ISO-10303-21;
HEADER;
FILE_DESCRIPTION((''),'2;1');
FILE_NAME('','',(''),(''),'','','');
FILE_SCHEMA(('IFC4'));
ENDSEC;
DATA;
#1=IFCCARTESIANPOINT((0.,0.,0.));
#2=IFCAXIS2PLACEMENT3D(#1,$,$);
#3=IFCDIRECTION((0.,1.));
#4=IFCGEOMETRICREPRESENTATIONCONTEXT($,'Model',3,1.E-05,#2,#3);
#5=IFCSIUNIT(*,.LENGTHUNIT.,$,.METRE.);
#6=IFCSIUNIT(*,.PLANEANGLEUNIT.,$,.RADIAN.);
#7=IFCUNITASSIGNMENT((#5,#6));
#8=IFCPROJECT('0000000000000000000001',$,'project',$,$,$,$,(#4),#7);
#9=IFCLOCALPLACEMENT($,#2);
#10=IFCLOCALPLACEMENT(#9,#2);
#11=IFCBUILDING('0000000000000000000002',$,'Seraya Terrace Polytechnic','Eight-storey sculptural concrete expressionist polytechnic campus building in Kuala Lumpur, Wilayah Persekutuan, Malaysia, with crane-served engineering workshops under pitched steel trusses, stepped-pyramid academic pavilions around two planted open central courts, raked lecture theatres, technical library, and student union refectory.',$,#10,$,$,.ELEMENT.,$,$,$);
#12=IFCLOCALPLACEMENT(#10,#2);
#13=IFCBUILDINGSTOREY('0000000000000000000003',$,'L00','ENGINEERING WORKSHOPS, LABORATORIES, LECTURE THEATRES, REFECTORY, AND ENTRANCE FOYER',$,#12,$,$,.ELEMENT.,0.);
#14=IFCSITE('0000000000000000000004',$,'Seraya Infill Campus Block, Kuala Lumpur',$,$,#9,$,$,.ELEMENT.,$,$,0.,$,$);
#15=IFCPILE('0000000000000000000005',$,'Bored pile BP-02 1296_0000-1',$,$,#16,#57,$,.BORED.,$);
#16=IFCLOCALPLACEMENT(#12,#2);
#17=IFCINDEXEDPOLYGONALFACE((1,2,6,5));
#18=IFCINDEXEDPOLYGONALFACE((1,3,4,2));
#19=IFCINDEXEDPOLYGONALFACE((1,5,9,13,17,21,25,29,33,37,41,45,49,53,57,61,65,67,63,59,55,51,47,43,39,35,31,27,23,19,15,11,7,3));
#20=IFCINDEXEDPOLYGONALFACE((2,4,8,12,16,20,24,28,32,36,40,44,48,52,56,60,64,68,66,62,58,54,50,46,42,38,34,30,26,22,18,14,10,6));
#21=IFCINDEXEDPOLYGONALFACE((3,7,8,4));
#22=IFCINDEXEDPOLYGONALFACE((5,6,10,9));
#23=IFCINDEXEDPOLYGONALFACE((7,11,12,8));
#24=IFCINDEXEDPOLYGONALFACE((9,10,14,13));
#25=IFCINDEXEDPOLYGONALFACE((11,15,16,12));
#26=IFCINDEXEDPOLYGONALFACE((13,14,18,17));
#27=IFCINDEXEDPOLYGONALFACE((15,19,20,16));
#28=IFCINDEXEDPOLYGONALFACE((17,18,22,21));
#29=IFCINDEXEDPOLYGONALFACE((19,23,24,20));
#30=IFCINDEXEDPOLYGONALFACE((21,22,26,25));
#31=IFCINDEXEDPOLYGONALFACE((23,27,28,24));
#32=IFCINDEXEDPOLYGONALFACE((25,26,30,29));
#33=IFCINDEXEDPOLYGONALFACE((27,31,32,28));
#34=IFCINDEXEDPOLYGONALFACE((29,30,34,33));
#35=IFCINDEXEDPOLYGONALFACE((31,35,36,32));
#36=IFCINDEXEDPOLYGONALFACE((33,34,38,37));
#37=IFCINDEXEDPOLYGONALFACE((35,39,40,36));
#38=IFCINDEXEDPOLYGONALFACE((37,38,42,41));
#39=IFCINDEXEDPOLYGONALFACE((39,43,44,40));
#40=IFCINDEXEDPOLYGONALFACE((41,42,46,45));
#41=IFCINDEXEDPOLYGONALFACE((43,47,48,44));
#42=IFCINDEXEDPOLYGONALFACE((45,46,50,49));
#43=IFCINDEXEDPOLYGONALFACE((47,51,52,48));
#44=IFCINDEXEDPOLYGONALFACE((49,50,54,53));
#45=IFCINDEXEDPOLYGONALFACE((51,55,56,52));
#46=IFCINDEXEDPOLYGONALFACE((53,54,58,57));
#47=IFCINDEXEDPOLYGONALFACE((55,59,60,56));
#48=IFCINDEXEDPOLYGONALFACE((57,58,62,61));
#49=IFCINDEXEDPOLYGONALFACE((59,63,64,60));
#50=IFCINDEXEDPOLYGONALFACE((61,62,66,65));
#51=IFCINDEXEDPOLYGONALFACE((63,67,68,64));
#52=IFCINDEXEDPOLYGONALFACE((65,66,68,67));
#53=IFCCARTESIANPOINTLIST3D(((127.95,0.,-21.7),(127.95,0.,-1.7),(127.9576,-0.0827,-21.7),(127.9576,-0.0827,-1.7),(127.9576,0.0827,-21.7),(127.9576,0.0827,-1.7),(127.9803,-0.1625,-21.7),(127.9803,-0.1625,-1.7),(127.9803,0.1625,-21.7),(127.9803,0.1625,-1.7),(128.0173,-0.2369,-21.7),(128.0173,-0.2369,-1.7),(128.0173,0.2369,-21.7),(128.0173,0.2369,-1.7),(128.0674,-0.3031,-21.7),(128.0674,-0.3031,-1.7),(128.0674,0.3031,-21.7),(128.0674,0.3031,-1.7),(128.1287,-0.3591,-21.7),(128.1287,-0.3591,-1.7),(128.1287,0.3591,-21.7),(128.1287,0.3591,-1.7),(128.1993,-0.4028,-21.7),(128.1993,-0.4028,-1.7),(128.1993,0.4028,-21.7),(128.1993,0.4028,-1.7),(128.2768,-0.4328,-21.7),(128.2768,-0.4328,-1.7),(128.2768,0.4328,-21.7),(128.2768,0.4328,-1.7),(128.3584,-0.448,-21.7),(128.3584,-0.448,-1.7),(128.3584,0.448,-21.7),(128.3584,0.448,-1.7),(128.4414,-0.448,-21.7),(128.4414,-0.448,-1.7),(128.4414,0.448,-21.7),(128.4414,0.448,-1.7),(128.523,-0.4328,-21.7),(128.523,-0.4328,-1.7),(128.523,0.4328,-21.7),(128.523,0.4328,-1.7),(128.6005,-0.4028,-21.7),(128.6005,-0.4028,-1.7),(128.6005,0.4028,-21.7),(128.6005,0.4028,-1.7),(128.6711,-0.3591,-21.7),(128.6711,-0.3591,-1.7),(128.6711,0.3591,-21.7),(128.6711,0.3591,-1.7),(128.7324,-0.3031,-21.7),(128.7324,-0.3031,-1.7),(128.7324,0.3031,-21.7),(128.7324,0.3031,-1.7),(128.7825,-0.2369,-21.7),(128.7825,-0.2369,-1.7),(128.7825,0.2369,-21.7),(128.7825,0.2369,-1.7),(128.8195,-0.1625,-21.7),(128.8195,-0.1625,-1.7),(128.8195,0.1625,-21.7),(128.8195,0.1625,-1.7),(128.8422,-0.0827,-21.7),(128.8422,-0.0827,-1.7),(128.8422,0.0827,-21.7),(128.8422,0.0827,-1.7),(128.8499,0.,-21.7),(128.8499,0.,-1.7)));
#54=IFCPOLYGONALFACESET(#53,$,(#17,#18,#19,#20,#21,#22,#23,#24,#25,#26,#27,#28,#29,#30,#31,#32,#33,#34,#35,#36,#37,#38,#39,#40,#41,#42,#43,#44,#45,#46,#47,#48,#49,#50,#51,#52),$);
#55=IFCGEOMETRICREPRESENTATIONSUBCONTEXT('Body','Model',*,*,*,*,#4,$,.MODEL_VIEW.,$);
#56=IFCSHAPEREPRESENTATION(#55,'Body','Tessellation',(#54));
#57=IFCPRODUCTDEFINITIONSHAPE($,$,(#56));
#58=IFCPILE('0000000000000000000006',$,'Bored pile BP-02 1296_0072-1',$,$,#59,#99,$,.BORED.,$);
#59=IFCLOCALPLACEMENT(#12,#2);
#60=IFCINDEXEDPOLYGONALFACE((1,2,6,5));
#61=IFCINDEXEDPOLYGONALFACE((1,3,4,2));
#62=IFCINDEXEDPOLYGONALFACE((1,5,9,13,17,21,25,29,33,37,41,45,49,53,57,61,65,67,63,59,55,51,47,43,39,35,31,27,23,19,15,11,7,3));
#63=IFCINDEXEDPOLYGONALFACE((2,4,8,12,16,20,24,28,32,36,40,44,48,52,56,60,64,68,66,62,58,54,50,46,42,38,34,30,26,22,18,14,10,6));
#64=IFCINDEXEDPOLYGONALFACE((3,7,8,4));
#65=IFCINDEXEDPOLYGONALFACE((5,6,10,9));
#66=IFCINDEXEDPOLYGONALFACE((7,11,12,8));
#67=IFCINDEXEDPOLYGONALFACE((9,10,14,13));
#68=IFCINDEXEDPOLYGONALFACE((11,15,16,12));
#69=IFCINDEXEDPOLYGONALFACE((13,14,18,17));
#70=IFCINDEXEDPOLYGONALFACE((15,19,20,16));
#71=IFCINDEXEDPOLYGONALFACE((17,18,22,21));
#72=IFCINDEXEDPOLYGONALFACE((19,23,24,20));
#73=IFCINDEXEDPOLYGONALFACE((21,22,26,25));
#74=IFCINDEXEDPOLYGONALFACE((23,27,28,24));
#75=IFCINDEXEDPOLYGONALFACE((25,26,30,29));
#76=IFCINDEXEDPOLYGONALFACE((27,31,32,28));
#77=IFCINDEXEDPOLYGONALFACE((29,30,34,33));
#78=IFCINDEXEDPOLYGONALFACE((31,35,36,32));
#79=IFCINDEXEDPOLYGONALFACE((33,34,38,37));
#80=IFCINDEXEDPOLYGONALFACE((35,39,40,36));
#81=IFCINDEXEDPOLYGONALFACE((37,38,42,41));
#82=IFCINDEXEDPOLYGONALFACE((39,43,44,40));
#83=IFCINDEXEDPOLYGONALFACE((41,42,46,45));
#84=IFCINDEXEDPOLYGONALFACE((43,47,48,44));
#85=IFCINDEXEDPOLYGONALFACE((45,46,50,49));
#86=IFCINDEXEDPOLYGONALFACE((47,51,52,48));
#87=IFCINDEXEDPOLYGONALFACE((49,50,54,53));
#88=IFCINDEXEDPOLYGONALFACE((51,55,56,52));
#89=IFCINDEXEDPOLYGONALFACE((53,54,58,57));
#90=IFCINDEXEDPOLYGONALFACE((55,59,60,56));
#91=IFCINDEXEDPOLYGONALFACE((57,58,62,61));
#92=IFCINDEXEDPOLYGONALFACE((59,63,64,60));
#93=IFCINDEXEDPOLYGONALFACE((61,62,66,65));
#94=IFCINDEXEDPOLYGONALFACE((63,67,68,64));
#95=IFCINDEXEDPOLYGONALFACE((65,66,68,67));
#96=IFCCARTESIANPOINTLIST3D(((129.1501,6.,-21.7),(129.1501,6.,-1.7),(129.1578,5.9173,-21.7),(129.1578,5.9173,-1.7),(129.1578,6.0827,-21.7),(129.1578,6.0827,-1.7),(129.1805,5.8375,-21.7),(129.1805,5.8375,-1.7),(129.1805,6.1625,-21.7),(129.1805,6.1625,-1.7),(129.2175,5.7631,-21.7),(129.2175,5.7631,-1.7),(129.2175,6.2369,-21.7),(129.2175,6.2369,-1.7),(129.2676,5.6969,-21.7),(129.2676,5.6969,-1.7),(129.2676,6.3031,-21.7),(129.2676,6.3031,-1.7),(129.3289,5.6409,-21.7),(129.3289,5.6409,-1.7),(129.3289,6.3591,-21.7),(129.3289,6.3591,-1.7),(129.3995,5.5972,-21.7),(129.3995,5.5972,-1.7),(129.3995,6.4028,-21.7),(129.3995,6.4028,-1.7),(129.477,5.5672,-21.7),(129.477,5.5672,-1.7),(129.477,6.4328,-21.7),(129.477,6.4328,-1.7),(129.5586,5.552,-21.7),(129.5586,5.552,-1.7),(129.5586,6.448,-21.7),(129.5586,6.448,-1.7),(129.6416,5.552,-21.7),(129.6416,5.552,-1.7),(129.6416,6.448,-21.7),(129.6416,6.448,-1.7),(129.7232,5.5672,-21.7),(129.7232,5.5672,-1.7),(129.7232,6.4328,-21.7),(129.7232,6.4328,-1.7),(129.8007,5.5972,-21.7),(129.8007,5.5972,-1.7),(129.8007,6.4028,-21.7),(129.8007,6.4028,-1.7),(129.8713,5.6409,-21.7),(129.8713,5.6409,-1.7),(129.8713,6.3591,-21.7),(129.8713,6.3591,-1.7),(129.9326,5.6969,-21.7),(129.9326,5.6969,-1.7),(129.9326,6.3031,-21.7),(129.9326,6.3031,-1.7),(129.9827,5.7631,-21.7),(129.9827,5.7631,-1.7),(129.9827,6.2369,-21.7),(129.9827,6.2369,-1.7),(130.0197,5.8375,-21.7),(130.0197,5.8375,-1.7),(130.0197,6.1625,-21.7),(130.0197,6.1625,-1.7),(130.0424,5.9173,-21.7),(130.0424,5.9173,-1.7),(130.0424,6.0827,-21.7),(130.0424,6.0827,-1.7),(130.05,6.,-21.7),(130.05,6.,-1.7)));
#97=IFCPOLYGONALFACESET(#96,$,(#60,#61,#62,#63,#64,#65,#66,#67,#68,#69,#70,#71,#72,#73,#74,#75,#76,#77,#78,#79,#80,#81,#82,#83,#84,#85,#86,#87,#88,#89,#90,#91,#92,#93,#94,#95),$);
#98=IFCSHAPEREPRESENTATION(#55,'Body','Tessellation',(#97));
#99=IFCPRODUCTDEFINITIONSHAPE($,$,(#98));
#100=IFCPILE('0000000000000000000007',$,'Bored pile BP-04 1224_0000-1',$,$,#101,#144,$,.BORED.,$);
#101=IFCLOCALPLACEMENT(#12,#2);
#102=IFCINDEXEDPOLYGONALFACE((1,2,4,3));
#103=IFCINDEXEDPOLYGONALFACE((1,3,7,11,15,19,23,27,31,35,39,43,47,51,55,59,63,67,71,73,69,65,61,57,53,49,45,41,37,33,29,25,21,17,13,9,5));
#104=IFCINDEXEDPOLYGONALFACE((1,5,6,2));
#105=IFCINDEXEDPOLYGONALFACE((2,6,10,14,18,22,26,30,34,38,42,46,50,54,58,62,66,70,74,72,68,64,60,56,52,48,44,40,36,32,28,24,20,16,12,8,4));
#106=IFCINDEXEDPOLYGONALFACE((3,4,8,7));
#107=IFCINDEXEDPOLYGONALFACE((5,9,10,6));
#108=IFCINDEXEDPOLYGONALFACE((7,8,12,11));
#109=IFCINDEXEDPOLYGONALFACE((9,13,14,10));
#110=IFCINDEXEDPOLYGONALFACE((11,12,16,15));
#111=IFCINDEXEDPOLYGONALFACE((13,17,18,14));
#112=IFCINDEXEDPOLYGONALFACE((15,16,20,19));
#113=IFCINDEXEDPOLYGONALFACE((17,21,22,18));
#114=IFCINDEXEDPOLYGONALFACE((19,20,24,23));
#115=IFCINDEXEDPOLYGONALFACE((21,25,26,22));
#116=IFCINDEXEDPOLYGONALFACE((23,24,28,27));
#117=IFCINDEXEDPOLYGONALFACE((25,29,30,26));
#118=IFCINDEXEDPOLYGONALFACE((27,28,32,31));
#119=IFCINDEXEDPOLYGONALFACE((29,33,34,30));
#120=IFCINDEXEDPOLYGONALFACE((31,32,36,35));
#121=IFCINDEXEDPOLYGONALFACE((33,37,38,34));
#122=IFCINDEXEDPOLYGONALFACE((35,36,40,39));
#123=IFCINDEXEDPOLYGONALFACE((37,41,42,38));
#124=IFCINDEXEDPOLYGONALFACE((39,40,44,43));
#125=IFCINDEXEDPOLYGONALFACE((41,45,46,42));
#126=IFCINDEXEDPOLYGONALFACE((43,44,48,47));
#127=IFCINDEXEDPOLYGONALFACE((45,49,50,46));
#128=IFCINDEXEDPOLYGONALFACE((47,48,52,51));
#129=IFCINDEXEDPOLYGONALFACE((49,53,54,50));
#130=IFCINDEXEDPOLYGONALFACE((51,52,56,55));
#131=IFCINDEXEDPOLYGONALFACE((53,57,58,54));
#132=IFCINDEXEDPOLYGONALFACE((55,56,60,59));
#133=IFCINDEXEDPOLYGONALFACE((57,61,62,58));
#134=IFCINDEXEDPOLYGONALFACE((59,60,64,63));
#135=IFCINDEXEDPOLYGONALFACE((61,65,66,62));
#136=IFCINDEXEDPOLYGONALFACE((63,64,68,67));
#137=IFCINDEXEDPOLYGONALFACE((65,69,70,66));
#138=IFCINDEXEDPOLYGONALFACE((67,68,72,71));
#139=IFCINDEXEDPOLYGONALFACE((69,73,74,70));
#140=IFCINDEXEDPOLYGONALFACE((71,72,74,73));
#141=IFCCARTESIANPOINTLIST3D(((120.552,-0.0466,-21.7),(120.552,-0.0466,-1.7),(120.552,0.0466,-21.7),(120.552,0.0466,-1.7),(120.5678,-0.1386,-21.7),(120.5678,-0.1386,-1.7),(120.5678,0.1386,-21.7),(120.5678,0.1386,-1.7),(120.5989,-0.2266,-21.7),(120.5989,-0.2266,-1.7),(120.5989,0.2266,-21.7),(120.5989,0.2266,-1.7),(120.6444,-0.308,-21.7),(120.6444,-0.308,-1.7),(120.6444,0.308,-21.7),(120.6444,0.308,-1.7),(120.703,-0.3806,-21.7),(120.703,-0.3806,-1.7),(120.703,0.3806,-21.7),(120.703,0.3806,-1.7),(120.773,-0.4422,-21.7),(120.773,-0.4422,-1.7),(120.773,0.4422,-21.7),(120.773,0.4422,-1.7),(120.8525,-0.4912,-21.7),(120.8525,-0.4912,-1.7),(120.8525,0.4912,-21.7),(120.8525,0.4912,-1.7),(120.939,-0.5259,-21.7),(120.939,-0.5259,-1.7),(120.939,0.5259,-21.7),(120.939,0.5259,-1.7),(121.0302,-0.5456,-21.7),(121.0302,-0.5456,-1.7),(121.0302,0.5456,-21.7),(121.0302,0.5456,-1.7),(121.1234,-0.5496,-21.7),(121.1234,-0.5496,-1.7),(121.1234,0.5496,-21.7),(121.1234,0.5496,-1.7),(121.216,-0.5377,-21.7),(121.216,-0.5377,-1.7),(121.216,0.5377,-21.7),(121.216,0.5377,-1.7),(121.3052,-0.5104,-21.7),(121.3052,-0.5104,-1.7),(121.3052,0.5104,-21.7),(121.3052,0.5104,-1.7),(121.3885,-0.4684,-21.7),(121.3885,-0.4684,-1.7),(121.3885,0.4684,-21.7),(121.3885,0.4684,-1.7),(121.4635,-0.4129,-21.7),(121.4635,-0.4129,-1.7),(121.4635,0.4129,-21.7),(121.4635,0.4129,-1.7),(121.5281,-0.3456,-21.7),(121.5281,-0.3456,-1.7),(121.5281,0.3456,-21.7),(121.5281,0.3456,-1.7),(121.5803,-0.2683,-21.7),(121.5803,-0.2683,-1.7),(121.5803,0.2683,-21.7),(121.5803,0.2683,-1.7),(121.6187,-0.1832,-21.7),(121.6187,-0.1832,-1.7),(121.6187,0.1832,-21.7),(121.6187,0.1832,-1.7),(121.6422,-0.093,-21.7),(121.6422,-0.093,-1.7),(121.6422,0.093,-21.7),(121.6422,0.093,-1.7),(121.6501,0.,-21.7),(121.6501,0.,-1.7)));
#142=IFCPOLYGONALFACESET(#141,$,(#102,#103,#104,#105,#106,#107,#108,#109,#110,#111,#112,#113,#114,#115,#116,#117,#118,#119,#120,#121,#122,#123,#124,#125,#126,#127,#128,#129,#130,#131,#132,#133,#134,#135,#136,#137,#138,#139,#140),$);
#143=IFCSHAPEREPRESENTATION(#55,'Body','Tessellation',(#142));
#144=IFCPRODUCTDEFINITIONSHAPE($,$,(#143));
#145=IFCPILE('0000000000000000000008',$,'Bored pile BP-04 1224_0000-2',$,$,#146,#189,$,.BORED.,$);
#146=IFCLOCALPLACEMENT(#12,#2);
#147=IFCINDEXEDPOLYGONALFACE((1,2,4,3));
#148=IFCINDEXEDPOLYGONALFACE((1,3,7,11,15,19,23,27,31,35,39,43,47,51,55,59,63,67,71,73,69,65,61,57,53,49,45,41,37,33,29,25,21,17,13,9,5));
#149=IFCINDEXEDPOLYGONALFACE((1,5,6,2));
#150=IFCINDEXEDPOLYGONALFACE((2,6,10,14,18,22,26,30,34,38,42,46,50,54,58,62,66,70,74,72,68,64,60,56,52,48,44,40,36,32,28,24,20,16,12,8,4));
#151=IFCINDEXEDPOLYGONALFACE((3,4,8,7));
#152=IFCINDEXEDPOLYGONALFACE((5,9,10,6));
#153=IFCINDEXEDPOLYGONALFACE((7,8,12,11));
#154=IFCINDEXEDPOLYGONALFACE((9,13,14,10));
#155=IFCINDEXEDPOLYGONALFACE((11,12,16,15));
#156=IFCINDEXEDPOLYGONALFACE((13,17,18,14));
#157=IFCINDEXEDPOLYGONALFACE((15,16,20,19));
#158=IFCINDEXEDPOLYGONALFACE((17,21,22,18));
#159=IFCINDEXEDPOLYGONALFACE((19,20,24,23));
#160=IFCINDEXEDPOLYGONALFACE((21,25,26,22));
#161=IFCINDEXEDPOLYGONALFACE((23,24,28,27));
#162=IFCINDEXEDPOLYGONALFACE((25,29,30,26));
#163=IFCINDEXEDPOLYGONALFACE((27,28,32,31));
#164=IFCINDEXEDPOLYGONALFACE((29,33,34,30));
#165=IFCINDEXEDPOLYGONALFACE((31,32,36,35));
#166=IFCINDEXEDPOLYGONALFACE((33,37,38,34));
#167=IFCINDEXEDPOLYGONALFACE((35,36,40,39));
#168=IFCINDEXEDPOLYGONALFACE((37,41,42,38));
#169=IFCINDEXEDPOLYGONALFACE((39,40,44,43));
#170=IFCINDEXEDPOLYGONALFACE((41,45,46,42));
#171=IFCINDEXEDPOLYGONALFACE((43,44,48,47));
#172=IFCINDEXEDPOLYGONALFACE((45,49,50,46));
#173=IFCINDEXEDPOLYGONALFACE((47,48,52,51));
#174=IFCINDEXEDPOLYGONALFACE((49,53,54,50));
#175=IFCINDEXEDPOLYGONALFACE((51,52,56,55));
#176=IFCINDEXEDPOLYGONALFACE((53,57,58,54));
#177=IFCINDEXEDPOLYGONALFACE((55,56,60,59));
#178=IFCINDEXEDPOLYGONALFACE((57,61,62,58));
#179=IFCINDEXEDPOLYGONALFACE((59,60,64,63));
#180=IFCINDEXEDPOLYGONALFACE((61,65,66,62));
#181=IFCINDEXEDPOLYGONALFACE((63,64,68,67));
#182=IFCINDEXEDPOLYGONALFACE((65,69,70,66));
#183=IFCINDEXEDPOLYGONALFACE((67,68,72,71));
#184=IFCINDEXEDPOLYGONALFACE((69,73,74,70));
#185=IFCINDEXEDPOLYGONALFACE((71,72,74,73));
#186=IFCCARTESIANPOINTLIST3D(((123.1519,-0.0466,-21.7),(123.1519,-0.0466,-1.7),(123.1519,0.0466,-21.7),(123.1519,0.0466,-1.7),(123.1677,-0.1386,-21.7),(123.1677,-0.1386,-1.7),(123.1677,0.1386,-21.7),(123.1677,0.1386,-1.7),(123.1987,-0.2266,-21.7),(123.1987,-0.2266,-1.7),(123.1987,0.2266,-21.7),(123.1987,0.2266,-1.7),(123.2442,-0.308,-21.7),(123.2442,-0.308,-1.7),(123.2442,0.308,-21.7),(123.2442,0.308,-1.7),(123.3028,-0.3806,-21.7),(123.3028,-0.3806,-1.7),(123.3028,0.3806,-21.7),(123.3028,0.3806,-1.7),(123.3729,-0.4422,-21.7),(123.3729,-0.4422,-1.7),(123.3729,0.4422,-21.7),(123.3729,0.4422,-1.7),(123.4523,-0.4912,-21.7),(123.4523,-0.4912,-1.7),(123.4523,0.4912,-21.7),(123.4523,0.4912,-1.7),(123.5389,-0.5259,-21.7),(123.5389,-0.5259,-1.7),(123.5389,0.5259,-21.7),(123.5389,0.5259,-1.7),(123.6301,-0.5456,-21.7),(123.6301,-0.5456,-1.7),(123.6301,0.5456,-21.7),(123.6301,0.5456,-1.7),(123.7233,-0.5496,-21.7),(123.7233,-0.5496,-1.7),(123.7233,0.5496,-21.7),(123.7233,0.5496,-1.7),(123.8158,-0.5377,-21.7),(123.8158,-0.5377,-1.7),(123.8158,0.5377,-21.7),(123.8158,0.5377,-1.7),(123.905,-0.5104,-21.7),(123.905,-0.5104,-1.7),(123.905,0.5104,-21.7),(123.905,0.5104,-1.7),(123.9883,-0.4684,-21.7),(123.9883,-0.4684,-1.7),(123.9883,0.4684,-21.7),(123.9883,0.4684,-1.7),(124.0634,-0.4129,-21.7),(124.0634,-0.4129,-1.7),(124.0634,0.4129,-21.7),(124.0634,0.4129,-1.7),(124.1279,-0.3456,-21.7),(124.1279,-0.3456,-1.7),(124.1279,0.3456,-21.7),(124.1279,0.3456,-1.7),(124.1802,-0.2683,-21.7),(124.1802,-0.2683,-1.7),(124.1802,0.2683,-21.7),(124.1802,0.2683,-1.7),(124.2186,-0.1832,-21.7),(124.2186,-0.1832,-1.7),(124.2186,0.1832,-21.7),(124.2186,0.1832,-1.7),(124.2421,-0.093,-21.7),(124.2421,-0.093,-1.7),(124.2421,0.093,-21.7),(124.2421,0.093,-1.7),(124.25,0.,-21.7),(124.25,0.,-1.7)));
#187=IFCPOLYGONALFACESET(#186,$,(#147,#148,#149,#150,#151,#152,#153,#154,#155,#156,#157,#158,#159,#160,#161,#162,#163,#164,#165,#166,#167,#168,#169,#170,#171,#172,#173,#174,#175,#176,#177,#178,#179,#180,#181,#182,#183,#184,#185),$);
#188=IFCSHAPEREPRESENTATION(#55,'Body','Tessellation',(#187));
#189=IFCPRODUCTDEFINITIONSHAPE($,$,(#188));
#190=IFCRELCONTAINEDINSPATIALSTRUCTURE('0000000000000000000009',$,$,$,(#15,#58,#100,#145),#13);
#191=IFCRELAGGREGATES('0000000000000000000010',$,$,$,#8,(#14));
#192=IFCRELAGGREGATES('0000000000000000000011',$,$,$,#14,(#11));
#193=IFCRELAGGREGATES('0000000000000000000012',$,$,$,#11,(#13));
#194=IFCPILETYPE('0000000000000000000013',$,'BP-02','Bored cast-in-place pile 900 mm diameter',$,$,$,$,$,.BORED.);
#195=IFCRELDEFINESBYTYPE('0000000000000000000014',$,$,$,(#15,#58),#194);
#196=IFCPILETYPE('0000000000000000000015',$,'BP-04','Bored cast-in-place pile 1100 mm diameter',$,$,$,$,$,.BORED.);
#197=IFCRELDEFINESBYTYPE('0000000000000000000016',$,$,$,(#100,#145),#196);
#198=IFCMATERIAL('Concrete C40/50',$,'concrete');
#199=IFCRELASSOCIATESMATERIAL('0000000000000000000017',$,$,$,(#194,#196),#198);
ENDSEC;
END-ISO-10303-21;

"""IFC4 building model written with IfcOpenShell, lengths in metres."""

from ifc_helpers import new_model, si_unit, direction, frame, origin, origin_2d, place, context, subcontext, project, spatial, circle, extrude, material, material_profile, profile_set, type_object, element, save


model = new_model("IFC4")

# Units and contexts
model_context = context("Model", 3, precision=1e-05, world=origin(), true_north=direction((0.0, 1.0)))
body_context = subcontext(model_context, "Body", "Model", "MODEL_VIEW")
ifc_project = project(units=[si_unit("LENGTHUNIT", "METRE"), si_unit("PLANEANGLEUNIT", "RADIAN")], contexts=[model_context])

# Site, building, storey
site_placement = place(None, origin())
site = spatial("IfcSite", under=ifc_project, at=site_placement, Name="Seraya Infill Campus Block, Kuala Lumpur", CompositionType="ELEMENT", RefElevation=0.0)
building_placement = place(site_placement, origin())
building = spatial("IfcBuilding", under=site, at=building_placement, Name="Seraya Terrace Polytechnic", Description="Eight-storey sculptural concrete expressionist polytechnic campus building in Kuala Lumpur, Wilayah Persekutuan, Malaysia, with crane-served engineering workshops under pitched steel trusses, stepped-pyramid academic pavilions around two planted open central courts, raked lecture theatres, technical library, and student union refectory.", CompositionType="ELEMENT")
storey_placement = place(building_placement, origin())
storey = spatial("IfcBuildingStorey", under=building, at=storey_placement, Name="L00", Description="ENGINEERING WORKSHOPS, LABORATORIES, LECTURE THEATRES, REFECTORY, AND ENTRANCE FOYER", CompositionType="ELEMENT", Elevation=0.0)

# Piles
ifc_material_1 = material(Name="Concrete C40/50", Category="concrete")
ifc_material_profile_1 = material_profile(ifc_material_1, circle(Radius=0.45, at=origin_2d()), Name="DIA 900")
ifc_profile_set_1 = profile_set([ifc_material_profile_1], Name="Concrete C40/50")
pile_type_1 = type_object("IfcPileType", Name="BP-02", Description="Bored cast-in-place pile 900 mm diameter", PredefinedType="BORED", material=ifc_profile_set_1)
for number, where, z_axis, x_axis, name in (
    (1, (128.3999, 0.0, -1.7), (0.0, 0.0, -1.0), (1.0, 0.0, 0.0), "Bored pile BP-02 1296_0000-1"),
    (2, (129.6001, 6.0, -1.7), (0.0, 0.0, -1.0), (1.0, 0.0, 0.0), "Bored pile BP-02 1296_0072-1"),
):
    element("IfcPile", number, at=place(storey_placement, frame(where, z_axis=z_axis, x_axis=x_axis)), inside=storey, type_object=pile_type_1, Name=name, PredefinedType="BORED", context=body_context, shape_type="SweptSolid", body=[
        extrude(circle(Radius=0.45, at=origin_2d()), origin(), (0.0, 0.0, 1.0), 20.0),
    ])
ifc_material_profile_2 = material_profile(ifc_material_1, circle(Radius=0.55, at=origin_2d()), Name="DIA 1100")
ifc_profile_set_2 = profile_set([ifc_material_profile_2], Name="Concrete C40/50")
pile_type_2 = type_object("IfcPileType", Name="BP-04", Description="Bored cast-in-place pile 1100 mm diameter", PredefinedType="BORED", material=ifc_profile_set_2)
for number, where, z_axis, x_axis, name in (
    (3, (121.1001, 0.0, -1.7), (0.0, 0.0, -1.0), (1.0, 0.0, 0.0), "Bored pile BP-04 1224_0000-1"),
    (4, (123.7, 0.0, -1.7), (0.0, 0.0, -1.0), (1.0, 0.0, 0.0), "Bored pile BP-04 1224_0000-2"),
):
    element("IfcPile", number, at=place(storey_placement, frame(where, z_axis=z_axis, x_axis=x_axis)), inside=storey, type_object=pile_type_2, Name=name, PredefinedType="BORED", context=body_context, shape_type="SweptSolid", body=[
        extrude(circle(Radius=0.55, at=origin_2d()), origin(), (0.0, 0.0, 1.0), 20.0),
    ])

save(model, "model.ifc")
